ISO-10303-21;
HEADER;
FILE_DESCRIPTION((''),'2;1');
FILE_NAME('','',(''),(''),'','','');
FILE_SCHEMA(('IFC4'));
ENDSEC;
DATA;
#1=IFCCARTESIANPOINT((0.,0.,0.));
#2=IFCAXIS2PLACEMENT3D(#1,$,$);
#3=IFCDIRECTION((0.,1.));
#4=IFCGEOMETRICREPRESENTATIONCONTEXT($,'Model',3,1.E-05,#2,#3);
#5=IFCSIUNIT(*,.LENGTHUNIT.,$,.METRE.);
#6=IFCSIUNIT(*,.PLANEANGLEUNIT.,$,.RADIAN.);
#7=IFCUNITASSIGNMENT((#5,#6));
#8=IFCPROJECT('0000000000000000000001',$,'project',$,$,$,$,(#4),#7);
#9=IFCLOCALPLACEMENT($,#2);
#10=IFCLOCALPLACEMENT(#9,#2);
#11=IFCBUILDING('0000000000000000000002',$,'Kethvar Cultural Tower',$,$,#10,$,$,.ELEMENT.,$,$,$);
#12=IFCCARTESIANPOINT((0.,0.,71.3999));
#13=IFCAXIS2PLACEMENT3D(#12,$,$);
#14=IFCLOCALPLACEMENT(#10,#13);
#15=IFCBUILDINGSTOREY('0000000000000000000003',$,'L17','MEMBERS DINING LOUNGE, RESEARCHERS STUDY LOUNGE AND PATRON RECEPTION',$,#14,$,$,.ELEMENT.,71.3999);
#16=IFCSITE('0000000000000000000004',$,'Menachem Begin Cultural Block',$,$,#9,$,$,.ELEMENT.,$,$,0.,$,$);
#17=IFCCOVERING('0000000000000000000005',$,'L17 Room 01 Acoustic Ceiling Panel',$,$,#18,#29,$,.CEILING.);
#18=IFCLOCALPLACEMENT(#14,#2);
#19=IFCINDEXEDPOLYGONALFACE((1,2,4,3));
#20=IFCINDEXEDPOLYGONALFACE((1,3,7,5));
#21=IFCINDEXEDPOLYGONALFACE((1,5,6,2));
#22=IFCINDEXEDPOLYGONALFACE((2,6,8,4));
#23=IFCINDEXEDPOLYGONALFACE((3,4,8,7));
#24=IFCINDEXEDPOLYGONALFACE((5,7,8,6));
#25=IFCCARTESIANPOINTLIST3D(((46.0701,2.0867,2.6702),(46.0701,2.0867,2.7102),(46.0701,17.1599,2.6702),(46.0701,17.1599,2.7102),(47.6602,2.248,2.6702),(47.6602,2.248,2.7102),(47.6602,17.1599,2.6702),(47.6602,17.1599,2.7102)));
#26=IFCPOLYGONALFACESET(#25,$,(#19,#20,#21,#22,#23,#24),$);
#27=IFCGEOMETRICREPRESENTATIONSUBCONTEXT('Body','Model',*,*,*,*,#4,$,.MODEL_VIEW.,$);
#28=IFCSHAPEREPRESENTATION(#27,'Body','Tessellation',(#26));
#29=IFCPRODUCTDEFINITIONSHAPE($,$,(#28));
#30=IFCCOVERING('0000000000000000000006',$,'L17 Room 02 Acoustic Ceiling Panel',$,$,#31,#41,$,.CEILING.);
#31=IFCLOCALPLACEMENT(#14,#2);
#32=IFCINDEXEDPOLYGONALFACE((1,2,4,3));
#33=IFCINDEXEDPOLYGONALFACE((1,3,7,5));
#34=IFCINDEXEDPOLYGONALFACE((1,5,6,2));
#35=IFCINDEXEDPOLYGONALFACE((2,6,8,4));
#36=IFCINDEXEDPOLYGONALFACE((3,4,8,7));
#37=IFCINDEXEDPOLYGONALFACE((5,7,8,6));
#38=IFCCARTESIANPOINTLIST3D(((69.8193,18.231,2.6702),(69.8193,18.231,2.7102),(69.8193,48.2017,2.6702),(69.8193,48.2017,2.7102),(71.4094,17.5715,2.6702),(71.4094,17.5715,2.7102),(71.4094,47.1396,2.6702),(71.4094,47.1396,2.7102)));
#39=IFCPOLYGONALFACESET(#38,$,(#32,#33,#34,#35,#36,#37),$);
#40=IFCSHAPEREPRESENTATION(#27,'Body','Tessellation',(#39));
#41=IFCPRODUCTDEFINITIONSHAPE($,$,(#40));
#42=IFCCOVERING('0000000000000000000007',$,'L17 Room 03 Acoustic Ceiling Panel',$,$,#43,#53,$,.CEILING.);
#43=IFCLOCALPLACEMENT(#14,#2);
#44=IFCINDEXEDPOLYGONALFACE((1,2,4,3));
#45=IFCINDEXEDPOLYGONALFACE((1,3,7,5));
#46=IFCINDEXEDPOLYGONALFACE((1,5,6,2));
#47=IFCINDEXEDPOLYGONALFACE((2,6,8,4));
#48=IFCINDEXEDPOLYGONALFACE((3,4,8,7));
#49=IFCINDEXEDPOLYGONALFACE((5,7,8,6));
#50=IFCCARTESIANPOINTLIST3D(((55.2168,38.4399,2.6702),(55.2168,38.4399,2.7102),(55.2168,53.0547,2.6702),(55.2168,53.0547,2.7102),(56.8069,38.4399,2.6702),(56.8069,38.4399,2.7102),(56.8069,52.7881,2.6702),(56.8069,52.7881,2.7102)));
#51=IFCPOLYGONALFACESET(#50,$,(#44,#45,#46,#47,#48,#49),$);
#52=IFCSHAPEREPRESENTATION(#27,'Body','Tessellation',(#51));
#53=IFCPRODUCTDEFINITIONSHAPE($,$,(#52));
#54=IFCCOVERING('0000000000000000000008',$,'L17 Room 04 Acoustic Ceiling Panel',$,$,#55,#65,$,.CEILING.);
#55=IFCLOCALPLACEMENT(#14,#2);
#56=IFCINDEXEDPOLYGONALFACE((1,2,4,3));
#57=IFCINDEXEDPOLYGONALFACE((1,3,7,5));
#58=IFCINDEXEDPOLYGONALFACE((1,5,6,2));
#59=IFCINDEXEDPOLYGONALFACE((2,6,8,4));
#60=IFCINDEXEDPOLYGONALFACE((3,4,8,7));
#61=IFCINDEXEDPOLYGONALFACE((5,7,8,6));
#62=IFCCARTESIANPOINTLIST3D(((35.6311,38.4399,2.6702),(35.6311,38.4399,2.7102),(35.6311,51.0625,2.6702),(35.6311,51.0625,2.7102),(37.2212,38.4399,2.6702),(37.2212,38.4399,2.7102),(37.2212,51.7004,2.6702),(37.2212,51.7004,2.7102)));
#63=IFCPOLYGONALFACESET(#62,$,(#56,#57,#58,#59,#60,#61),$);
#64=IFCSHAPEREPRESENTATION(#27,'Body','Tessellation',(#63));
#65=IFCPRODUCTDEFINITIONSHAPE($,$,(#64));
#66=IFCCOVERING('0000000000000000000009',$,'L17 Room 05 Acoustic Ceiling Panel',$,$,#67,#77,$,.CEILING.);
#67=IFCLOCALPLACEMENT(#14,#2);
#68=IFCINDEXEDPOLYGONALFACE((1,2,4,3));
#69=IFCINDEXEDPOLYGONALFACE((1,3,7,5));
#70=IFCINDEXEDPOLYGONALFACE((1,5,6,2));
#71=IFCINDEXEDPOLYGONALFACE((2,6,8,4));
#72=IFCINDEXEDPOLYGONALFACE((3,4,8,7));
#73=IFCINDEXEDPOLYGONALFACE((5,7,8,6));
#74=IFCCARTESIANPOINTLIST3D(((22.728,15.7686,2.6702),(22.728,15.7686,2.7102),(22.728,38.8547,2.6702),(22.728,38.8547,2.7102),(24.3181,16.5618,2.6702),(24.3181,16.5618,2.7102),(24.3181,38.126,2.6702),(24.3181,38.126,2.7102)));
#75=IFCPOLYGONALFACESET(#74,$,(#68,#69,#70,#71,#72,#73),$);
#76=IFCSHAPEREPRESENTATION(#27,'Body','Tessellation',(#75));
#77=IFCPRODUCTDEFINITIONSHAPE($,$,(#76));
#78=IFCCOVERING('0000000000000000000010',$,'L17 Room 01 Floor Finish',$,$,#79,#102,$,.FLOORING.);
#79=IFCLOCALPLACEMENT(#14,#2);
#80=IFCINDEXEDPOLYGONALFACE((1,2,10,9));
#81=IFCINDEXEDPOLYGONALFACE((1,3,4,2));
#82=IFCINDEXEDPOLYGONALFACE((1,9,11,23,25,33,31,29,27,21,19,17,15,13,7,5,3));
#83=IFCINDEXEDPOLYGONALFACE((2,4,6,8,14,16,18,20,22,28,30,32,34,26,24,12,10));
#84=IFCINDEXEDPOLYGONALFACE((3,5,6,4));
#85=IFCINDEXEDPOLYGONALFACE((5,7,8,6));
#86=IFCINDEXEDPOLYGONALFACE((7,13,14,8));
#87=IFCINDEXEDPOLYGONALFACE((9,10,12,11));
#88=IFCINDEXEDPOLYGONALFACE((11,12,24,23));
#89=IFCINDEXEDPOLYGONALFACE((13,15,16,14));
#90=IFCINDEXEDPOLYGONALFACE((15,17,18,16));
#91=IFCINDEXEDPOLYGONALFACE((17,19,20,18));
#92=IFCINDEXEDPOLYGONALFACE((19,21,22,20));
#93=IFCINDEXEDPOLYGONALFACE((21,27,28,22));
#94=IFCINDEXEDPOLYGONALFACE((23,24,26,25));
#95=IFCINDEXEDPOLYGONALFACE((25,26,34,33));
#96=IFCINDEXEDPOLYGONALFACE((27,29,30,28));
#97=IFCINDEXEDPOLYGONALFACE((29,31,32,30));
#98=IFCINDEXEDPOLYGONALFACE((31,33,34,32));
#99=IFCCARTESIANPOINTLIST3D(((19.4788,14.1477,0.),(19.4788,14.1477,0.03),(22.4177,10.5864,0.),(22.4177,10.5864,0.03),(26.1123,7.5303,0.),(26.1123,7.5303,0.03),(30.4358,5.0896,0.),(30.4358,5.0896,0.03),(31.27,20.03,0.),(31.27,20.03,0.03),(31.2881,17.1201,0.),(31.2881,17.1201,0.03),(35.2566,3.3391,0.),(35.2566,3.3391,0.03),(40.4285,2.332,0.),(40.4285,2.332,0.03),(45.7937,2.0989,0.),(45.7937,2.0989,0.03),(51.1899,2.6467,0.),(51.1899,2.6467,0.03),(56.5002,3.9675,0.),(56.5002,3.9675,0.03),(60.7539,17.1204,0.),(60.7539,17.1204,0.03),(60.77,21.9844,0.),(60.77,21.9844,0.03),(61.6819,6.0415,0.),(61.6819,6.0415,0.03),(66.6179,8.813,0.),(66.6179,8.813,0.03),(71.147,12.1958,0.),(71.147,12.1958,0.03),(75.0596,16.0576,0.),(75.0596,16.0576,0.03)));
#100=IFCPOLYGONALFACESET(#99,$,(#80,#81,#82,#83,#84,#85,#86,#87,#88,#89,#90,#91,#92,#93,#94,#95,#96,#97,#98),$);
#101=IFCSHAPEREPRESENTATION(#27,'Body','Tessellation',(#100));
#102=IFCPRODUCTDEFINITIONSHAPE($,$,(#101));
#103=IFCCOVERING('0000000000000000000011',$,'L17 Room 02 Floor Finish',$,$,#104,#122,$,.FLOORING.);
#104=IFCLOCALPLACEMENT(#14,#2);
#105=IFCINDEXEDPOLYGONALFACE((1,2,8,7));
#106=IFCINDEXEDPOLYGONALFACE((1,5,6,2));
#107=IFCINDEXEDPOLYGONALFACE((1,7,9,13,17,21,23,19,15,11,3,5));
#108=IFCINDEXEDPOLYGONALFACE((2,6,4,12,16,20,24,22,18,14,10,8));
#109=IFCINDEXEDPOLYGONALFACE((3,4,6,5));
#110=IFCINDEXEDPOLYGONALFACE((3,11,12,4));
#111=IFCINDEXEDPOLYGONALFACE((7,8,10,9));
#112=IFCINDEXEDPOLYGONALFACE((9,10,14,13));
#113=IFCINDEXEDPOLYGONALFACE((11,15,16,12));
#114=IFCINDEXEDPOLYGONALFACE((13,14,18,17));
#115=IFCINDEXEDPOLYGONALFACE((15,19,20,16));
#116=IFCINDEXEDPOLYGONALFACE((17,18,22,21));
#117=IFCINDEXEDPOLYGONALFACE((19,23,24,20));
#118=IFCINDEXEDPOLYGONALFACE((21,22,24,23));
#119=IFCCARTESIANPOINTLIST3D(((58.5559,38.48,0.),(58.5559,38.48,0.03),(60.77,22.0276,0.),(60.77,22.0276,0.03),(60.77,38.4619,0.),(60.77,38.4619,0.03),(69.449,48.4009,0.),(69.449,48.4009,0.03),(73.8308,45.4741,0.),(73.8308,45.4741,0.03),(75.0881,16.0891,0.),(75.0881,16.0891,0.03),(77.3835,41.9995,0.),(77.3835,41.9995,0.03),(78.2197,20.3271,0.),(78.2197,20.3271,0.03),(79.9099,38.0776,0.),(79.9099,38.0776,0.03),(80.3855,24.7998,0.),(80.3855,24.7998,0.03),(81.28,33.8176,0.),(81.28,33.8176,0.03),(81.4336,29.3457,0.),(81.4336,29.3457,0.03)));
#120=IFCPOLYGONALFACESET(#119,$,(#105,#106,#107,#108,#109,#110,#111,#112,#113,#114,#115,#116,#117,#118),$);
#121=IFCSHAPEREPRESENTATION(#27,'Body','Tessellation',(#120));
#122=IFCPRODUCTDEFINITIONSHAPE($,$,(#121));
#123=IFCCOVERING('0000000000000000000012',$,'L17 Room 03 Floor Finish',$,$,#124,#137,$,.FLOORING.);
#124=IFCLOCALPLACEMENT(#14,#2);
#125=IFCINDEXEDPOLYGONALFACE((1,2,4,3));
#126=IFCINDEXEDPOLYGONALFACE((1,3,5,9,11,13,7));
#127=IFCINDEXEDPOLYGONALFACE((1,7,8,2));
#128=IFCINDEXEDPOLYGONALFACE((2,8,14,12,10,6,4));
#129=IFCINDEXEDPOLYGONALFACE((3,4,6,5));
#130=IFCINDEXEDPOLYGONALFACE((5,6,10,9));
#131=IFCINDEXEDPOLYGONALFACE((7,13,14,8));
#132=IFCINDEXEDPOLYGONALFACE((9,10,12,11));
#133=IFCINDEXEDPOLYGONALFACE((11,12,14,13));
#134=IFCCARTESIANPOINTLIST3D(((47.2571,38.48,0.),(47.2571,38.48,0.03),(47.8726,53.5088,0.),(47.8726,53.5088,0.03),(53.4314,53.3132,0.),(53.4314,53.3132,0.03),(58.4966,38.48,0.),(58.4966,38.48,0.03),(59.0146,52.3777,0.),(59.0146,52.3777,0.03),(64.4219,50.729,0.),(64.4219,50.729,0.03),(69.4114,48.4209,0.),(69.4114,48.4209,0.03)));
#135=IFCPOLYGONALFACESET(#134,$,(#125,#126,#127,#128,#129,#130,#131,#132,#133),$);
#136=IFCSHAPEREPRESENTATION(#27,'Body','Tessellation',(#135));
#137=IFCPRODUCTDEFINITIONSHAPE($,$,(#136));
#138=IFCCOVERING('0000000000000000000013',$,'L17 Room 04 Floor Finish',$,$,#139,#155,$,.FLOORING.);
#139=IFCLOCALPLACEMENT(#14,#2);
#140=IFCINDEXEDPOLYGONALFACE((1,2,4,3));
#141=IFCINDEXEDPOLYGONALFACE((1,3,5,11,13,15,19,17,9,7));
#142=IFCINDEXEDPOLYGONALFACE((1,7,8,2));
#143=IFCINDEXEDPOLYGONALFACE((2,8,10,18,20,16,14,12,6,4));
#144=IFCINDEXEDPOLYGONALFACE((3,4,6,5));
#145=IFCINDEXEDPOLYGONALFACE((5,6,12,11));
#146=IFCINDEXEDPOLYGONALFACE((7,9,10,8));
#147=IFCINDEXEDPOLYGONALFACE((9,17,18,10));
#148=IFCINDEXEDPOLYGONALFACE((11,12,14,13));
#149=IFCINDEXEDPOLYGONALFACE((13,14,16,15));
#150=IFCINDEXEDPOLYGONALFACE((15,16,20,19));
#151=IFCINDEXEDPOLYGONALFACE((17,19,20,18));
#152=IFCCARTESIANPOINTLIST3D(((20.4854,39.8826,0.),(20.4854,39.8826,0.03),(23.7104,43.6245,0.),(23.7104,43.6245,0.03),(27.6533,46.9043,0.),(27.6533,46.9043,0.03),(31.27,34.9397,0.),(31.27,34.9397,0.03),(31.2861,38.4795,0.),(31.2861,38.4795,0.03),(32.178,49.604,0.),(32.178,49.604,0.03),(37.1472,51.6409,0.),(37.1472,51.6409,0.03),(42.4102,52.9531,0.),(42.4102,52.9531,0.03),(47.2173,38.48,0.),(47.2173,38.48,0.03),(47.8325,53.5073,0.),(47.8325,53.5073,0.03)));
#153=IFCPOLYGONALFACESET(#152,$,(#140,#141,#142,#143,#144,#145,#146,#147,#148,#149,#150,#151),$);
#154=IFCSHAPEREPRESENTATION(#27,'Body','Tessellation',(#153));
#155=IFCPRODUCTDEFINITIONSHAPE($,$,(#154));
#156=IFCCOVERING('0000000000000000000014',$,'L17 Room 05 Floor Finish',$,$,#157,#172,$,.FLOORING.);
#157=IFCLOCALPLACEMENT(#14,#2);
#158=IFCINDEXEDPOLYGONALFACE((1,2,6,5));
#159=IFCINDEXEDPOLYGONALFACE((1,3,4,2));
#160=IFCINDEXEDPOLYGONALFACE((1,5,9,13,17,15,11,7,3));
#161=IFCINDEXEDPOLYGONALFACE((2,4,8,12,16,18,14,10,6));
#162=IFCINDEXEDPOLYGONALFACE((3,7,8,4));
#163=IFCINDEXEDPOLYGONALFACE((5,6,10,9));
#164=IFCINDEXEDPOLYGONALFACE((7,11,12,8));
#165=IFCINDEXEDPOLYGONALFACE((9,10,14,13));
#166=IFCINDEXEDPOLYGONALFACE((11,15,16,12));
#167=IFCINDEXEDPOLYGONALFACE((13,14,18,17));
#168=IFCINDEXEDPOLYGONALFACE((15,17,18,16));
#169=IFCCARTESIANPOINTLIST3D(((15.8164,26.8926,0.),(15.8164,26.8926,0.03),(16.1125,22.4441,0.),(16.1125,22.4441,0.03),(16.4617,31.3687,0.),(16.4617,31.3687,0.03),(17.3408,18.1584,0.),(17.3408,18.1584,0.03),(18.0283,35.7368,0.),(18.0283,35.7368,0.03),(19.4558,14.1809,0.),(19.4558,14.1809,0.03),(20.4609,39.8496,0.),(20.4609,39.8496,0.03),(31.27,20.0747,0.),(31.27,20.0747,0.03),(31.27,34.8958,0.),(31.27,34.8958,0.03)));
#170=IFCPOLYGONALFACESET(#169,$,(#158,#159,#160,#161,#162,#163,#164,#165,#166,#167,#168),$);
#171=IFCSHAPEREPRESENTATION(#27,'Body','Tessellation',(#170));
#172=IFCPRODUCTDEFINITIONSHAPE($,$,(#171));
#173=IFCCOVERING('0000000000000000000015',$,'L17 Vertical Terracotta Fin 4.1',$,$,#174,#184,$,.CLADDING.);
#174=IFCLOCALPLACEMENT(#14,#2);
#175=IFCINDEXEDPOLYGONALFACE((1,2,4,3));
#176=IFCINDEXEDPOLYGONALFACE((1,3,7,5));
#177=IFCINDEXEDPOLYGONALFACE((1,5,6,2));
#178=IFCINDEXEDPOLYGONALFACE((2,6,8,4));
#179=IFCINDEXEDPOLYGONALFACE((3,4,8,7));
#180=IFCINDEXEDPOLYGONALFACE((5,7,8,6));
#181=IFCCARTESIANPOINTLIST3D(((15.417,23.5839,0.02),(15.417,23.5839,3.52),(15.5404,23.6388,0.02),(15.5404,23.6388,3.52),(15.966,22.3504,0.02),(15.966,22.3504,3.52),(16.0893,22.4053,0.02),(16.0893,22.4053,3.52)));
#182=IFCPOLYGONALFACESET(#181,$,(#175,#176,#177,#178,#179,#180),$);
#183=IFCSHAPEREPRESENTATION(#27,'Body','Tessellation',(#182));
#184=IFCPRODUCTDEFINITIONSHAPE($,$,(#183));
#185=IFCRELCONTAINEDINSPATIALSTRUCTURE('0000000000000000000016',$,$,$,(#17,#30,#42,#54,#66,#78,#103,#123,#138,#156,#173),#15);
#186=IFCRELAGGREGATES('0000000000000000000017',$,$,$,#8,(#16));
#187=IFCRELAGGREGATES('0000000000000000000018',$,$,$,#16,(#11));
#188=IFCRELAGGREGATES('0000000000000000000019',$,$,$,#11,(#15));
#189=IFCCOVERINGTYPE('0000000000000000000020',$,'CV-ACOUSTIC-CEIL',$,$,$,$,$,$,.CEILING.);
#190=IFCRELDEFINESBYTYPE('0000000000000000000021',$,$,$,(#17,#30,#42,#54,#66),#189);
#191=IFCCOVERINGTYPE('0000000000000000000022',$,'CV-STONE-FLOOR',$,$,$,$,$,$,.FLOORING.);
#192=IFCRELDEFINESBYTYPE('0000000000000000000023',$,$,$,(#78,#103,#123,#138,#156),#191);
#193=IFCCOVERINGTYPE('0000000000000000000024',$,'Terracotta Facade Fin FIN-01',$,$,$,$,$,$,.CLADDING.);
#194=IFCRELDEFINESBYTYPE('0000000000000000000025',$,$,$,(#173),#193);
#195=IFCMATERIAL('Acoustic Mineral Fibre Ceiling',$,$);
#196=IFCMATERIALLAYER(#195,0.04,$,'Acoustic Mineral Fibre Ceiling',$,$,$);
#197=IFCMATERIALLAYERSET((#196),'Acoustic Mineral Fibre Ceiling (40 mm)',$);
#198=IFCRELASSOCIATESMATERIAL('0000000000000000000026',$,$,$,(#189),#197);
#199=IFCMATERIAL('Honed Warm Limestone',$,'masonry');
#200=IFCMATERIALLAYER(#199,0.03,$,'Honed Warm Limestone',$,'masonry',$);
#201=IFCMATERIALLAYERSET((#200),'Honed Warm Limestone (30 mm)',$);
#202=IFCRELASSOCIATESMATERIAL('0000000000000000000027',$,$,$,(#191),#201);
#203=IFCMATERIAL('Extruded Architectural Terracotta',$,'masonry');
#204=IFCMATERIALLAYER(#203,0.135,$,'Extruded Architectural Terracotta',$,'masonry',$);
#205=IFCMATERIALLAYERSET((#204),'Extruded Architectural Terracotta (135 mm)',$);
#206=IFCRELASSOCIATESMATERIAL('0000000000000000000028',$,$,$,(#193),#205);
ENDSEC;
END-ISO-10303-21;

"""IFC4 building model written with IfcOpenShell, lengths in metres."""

from ifc_helpers import new_model, si_unit, direction, frame, origin, origin_2d, place, context, subcontext, project, spatial, polyline, rectangle, outline, extrude, source, transform, mapped, material, layer, layer_set, type_object, element, save


model = new_model("IFC4")

# Units and contexts
model_context = context("Model", 3, precision=1e-05, world=origin(), true_north=direction((0.0, 1.0)))
body_context = subcontext(model_context, "Body", "Model", "MODEL_VIEW")
ifc_project = project(units=[si_unit("LENGTHUNIT", "METRE"), si_unit("PLANEANGLEUNIT", "RADIAN")], contexts=[model_context])

# Site, building, storey
site_placement = place(None, origin())
site = spatial("IfcSite", under=ifc_project, at=site_placement, Name="Menachem Begin Cultural Block", CompositionType="ELEMENT", RefElevation=0.0)
building_placement = place(site_placement, origin())
building = spatial("IfcBuilding", under=site, at=building_placement, Name="Kethvar Cultural Tower", CompositionType="ELEMENT")
storey_placement = place(building_placement, frame((0.0, 0.0, 71.3999)))
storey = spatial("IfcBuildingStorey", under=building, at=storey_placement, Name="L17", Description="MEMBERS DINING LOUNGE, RESEARCHERS STUDY LOUNGE AND PATRON RECEPTION", CompositionType="ELEMENT", Elevation=71.3999)

# Coverings
ifc_material_1 = material(Name="Acoustic Mineral Fibre Ceiling")
ifc_layer_1 = layer(ifc_material_1, 0.04, Name="Acoustic Mineral Fibre Ceiling")
ifc_layer_set_1 = layer_set([ifc_layer_1], Name="Acoustic Mineral Fibre Ceiling (40 mm)")
covering_type_1 = type_object("IfcCoveringType", Name="CV-ACOUSTIC-CEIL", PredefinedType="CEILING", material=ifc_layer_set_1)
covering_1_placement = place(storey_placement, frame((0.0, 0.0, 2.6702)))
element("IfcCovering", 1, at=covering_1_placement, inside=storey, type_object=covering_type_1, Name="L17 Room 01 Acoustic Ceiling Panel", PredefinedType="CEILING", context=body_context, shape_type="SweptSolid", body=[
    extrude(outline(polyline([(46.0701, 2.0867), (46.0701, 17.1599), (47.6602, 17.1599), (47.6602, 2.248), (46.0701, 2.0867)])), origin(), (0.0, 0.0, 1.0), 0.04),
])
covering_2_placement = place(storey_placement, frame((0.0, 0.0, 2.6702)))
element("IfcCovering", 2, at=covering_2_placement, inside=storey, type_object=covering_type_1, Name="L17 Room 02 Acoustic Ceiling Panel", PredefinedType="CEILING", context=body_context, shape_type="SweptSolid", body=[
    extrude(outline(polyline([(69.8193, 18.231), (69.8193, 48.2017), (71.4094, 47.1396), (71.4094, 17.5715), (69.8193, 18.231)])), origin(), (0.0, 0.0, 1.0), 0.04),
])
covering_3_placement = place(storey_placement, frame((0.0, 0.0, 2.6702)))
element("IfcCovering", 3, at=covering_3_placement, inside=storey, type_object=covering_type_1, Name="L17 Room 03 Acoustic Ceiling Panel", PredefinedType="CEILING", context=body_context, shape_type="SweptSolid", body=[
    extrude(outline(polyline([(56.8069, 52.7881), (56.8069, 38.4399), (55.2168, 38.4399), (55.2168, 53.0547), (56.8069, 52.7881)])), origin(), (0.0, 0.0, 1.0), 0.04),
])
covering_4_placement = place(storey_placement, frame((0.0, 0.0, 2.6702)))
element("IfcCovering", 4, at=covering_4_placement, inside=storey, type_object=covering_type_1, Name="L17 Room 04 Acoustic Ceiling Panel", PredefinedType="CEILING", context=body_context, shape_type="SweptSolid", body=[
    extrude(outline(polyline([(35.6311, 51.0625), (37.2212, 51.7004), (37.2212, 38.4399), (35.6311, 38.4399), (35.6311, 51.0625)])), origin(), (0.0, 0.0, 1.0), 0.04),
])
covering_5_placement = place(storey_placement, frame((0.0, 0.0, 2.6702)))
element("IfcCovering", 5, at=covering_5_placement, inside=storey, type_object=covering_type_1, Name="L17 Room 05 Acoustic Ceiling Panel", PredefinedType="CEILING", context=body_context, shape_type="SweptSolid", body=[
    extrude(outline(polyline([(24.3181, 38.126), (24.3181, 16.5618), (22.728, 15.7686), (22.728, 38.8547), (24.3181, 38.126)])), origin(), (0.0, 0.0, 1.0), 0.04),
])
ifc_material_2 = material(Name="Honed Warm Limestone", Category="masonry")
ifc_layer_2 = layer(ifc_material_2, 0.03, Name="Honed Warm Limestone", Category="masonry")
ifc_layer_set_2 = layer_set([ifc_layer_2], Name="Honed Warm Limestone (30 mm)")
covering_type_2 = type_object("IfcCoveringType", Name="CV-STONE-FLOOR", PredefinedType="FLOORING", material=ifc_layer_set_2)
covering_6_placement = place(storey_placement, origin())
element("IfcCovering", 6, at=covering_6_placement, inside=storey, type_object=covering_type_2, Name="L17 Room 01 Floor Finish", PredefinedType="FLOORING", context=body_context, shape_type="SweptSolid", body=[
    extrude(outline(polyline([(75.0596, 16.0576), (71.147, 12.1958), (66.6179, 8.813), (61.6819, 6.0415), (56.5002, 3.9675), (51.1899, 2.6467), (45.7937, 2.0989), (40.4285, 2.332), (35.2566, 3.3391), (30.4358, 5.0896), (26.1123, 7.5303), (22.4177, 10.5864), (19.4788, 14.1477), (31.27, 20.03), (31.2881, 17.1201), (60.7539, 17.1204), (60.77, 21.9844), (75.0596, 16.0576)])), origin(), (0.0, 0.0, 1.0), 0.03),
])
covering_7_placement = place(storey_placement, origin())
element("IfcCovering", 7, at=covering_7_placement, inside=storey, type_object=covering_type_2, Name="L17 Room 02 Floor Finish", PredefinedType="FLOORING", context=body_context, shape_type="SweptSolid", body=[
    extrude(outline(polyline([(80.3855, 24.7998), (78.2197, 20.3271), (75.0881, 16.0891), (60.77, 22.0276), (60.77, 38.4619), (58.5559, 38.48), (69.449, 48.4009), (73.8308, 45.4741), (77.3835, 41.9995), (79.9099, 38.0776), (81.28, 33.8176), (81.4336, 29.3457), (80.3855, 24.7998)])), origin(), (0.0, 0.0, 1.0), 0.03),
])
covering_8_placement = place(storey_placement, origin())
element("IfcCovering", 8, at=covering_8_placement, inside=storey, type_object=covering_type_2, Name="L17 Room 03 Floor Finish", PredefinedType="FLOORING", context=body_context, shape_type="SweptSolid", body=[
    extrude(outline(polyline([(53.4314, 53.3132), (59.0146, 52.3777), (64.4219, 50.729), (69.4114, 48.4209), (58.4966, 38.48), (47.2571, 38.48), (47.8726, 53.5088), (53.4314, 53.3132)])), origin(), (0.0, 0.0, 1.0), 0.03),
])
covering_9_placement = place(storey_placement, origin())
element("IfcCovering", 9, at=covering_9_placement, inside=storey, type_object=covering_type_2, Name="L17 Room 04 Floor Finish", PredefinedType="FLOORING", context=body_context, shape_type="SweptSolid", body=[
    extrude(outline(polyline([(23.7104, 43.6245), (27.6533, 46.9043), (32.178, 49.604), (37.1472, 51.6409), (42.4102, 52.9531), (47.8325, 53.5073), (47.2173, 38.48), (31.2861, 38.4795), (31.27, 34.9397), (20.4854, 39.8826), (23.7104, 43.6245)])), origin(), (0.0, 0.0, 1.0), 0.03),
])
covering_10_placement = place(storey_placement, origin())
element("IfcCovering", 10, at=covering_10_placement, inside=storey, type_object=covering_type_2, Name="L17 Room 05 Floor Finish", PredefinedType="FLOORING", context=body_context, shape_type="SweptSolid", body=[
    extrude(outline(polyline([(17.3408, 18.1584), (16.1125, 22.4441), (15.8164, 26.8926), (16.4617, 31.3687), (18.0283, 35.7368), (20.4609, 39.8496), (31.27, 34.8958), (31.27, 20.0747), (19.4558, 14.1809), (17.3408, 18.1584)])), origin(), (0.0, 0.0, 1.0), 0.03),
])
ifc_material_3 = material(Name="Extruded Architectural Terracotta", Category="masonry")
ifc_layer_3 = layer(ifc_material_3, 0.135, Name="Extruded Architectural Terracotta", Category="masonry")
ifc_layer_set_3 = layer_set([ifc_layer_3], Name="Extruded Architectural Terracotta (135 mm)")
covering_type_3 = type_object("IfcCoveringType", Name="Terracotta Facade Fin FIN-01", PredefinedType="CLADDING", material=ifc_layer_set_3)
shared_shape_1 = source(origin(), body_context, "Body", "SweptSolid", [
    extrude(rectangle(XDim=1.3501, YDim=0.135, at=origin_2d()), origin(), (0.0, 0.0, 1.0), 3.5),
])
for number, where, z_axis, x_axis, name in (
    (11, (15.7532, 22.9946, 0.02), (0.0, 0.0, 1.0), (-0.406577, 0.913616, 0.0), "L17 Vertical Terracotta Fin 4.1"),
):
    element("IfcCovering", number, at=place(storey_placement, frame(where, z_axis=z_axis, x_axis=x_axis)), inside=storey, type_object=covering_type_3, Name=name, PredefinedType="CLADDING", context=body_context, shape_type="MappedRepresentation", body=[
        mapped(shared_shape_1, transform((0.0, 0.0, 0.0), scale=1.0)),
    ])

save(model, "model.ifc")
